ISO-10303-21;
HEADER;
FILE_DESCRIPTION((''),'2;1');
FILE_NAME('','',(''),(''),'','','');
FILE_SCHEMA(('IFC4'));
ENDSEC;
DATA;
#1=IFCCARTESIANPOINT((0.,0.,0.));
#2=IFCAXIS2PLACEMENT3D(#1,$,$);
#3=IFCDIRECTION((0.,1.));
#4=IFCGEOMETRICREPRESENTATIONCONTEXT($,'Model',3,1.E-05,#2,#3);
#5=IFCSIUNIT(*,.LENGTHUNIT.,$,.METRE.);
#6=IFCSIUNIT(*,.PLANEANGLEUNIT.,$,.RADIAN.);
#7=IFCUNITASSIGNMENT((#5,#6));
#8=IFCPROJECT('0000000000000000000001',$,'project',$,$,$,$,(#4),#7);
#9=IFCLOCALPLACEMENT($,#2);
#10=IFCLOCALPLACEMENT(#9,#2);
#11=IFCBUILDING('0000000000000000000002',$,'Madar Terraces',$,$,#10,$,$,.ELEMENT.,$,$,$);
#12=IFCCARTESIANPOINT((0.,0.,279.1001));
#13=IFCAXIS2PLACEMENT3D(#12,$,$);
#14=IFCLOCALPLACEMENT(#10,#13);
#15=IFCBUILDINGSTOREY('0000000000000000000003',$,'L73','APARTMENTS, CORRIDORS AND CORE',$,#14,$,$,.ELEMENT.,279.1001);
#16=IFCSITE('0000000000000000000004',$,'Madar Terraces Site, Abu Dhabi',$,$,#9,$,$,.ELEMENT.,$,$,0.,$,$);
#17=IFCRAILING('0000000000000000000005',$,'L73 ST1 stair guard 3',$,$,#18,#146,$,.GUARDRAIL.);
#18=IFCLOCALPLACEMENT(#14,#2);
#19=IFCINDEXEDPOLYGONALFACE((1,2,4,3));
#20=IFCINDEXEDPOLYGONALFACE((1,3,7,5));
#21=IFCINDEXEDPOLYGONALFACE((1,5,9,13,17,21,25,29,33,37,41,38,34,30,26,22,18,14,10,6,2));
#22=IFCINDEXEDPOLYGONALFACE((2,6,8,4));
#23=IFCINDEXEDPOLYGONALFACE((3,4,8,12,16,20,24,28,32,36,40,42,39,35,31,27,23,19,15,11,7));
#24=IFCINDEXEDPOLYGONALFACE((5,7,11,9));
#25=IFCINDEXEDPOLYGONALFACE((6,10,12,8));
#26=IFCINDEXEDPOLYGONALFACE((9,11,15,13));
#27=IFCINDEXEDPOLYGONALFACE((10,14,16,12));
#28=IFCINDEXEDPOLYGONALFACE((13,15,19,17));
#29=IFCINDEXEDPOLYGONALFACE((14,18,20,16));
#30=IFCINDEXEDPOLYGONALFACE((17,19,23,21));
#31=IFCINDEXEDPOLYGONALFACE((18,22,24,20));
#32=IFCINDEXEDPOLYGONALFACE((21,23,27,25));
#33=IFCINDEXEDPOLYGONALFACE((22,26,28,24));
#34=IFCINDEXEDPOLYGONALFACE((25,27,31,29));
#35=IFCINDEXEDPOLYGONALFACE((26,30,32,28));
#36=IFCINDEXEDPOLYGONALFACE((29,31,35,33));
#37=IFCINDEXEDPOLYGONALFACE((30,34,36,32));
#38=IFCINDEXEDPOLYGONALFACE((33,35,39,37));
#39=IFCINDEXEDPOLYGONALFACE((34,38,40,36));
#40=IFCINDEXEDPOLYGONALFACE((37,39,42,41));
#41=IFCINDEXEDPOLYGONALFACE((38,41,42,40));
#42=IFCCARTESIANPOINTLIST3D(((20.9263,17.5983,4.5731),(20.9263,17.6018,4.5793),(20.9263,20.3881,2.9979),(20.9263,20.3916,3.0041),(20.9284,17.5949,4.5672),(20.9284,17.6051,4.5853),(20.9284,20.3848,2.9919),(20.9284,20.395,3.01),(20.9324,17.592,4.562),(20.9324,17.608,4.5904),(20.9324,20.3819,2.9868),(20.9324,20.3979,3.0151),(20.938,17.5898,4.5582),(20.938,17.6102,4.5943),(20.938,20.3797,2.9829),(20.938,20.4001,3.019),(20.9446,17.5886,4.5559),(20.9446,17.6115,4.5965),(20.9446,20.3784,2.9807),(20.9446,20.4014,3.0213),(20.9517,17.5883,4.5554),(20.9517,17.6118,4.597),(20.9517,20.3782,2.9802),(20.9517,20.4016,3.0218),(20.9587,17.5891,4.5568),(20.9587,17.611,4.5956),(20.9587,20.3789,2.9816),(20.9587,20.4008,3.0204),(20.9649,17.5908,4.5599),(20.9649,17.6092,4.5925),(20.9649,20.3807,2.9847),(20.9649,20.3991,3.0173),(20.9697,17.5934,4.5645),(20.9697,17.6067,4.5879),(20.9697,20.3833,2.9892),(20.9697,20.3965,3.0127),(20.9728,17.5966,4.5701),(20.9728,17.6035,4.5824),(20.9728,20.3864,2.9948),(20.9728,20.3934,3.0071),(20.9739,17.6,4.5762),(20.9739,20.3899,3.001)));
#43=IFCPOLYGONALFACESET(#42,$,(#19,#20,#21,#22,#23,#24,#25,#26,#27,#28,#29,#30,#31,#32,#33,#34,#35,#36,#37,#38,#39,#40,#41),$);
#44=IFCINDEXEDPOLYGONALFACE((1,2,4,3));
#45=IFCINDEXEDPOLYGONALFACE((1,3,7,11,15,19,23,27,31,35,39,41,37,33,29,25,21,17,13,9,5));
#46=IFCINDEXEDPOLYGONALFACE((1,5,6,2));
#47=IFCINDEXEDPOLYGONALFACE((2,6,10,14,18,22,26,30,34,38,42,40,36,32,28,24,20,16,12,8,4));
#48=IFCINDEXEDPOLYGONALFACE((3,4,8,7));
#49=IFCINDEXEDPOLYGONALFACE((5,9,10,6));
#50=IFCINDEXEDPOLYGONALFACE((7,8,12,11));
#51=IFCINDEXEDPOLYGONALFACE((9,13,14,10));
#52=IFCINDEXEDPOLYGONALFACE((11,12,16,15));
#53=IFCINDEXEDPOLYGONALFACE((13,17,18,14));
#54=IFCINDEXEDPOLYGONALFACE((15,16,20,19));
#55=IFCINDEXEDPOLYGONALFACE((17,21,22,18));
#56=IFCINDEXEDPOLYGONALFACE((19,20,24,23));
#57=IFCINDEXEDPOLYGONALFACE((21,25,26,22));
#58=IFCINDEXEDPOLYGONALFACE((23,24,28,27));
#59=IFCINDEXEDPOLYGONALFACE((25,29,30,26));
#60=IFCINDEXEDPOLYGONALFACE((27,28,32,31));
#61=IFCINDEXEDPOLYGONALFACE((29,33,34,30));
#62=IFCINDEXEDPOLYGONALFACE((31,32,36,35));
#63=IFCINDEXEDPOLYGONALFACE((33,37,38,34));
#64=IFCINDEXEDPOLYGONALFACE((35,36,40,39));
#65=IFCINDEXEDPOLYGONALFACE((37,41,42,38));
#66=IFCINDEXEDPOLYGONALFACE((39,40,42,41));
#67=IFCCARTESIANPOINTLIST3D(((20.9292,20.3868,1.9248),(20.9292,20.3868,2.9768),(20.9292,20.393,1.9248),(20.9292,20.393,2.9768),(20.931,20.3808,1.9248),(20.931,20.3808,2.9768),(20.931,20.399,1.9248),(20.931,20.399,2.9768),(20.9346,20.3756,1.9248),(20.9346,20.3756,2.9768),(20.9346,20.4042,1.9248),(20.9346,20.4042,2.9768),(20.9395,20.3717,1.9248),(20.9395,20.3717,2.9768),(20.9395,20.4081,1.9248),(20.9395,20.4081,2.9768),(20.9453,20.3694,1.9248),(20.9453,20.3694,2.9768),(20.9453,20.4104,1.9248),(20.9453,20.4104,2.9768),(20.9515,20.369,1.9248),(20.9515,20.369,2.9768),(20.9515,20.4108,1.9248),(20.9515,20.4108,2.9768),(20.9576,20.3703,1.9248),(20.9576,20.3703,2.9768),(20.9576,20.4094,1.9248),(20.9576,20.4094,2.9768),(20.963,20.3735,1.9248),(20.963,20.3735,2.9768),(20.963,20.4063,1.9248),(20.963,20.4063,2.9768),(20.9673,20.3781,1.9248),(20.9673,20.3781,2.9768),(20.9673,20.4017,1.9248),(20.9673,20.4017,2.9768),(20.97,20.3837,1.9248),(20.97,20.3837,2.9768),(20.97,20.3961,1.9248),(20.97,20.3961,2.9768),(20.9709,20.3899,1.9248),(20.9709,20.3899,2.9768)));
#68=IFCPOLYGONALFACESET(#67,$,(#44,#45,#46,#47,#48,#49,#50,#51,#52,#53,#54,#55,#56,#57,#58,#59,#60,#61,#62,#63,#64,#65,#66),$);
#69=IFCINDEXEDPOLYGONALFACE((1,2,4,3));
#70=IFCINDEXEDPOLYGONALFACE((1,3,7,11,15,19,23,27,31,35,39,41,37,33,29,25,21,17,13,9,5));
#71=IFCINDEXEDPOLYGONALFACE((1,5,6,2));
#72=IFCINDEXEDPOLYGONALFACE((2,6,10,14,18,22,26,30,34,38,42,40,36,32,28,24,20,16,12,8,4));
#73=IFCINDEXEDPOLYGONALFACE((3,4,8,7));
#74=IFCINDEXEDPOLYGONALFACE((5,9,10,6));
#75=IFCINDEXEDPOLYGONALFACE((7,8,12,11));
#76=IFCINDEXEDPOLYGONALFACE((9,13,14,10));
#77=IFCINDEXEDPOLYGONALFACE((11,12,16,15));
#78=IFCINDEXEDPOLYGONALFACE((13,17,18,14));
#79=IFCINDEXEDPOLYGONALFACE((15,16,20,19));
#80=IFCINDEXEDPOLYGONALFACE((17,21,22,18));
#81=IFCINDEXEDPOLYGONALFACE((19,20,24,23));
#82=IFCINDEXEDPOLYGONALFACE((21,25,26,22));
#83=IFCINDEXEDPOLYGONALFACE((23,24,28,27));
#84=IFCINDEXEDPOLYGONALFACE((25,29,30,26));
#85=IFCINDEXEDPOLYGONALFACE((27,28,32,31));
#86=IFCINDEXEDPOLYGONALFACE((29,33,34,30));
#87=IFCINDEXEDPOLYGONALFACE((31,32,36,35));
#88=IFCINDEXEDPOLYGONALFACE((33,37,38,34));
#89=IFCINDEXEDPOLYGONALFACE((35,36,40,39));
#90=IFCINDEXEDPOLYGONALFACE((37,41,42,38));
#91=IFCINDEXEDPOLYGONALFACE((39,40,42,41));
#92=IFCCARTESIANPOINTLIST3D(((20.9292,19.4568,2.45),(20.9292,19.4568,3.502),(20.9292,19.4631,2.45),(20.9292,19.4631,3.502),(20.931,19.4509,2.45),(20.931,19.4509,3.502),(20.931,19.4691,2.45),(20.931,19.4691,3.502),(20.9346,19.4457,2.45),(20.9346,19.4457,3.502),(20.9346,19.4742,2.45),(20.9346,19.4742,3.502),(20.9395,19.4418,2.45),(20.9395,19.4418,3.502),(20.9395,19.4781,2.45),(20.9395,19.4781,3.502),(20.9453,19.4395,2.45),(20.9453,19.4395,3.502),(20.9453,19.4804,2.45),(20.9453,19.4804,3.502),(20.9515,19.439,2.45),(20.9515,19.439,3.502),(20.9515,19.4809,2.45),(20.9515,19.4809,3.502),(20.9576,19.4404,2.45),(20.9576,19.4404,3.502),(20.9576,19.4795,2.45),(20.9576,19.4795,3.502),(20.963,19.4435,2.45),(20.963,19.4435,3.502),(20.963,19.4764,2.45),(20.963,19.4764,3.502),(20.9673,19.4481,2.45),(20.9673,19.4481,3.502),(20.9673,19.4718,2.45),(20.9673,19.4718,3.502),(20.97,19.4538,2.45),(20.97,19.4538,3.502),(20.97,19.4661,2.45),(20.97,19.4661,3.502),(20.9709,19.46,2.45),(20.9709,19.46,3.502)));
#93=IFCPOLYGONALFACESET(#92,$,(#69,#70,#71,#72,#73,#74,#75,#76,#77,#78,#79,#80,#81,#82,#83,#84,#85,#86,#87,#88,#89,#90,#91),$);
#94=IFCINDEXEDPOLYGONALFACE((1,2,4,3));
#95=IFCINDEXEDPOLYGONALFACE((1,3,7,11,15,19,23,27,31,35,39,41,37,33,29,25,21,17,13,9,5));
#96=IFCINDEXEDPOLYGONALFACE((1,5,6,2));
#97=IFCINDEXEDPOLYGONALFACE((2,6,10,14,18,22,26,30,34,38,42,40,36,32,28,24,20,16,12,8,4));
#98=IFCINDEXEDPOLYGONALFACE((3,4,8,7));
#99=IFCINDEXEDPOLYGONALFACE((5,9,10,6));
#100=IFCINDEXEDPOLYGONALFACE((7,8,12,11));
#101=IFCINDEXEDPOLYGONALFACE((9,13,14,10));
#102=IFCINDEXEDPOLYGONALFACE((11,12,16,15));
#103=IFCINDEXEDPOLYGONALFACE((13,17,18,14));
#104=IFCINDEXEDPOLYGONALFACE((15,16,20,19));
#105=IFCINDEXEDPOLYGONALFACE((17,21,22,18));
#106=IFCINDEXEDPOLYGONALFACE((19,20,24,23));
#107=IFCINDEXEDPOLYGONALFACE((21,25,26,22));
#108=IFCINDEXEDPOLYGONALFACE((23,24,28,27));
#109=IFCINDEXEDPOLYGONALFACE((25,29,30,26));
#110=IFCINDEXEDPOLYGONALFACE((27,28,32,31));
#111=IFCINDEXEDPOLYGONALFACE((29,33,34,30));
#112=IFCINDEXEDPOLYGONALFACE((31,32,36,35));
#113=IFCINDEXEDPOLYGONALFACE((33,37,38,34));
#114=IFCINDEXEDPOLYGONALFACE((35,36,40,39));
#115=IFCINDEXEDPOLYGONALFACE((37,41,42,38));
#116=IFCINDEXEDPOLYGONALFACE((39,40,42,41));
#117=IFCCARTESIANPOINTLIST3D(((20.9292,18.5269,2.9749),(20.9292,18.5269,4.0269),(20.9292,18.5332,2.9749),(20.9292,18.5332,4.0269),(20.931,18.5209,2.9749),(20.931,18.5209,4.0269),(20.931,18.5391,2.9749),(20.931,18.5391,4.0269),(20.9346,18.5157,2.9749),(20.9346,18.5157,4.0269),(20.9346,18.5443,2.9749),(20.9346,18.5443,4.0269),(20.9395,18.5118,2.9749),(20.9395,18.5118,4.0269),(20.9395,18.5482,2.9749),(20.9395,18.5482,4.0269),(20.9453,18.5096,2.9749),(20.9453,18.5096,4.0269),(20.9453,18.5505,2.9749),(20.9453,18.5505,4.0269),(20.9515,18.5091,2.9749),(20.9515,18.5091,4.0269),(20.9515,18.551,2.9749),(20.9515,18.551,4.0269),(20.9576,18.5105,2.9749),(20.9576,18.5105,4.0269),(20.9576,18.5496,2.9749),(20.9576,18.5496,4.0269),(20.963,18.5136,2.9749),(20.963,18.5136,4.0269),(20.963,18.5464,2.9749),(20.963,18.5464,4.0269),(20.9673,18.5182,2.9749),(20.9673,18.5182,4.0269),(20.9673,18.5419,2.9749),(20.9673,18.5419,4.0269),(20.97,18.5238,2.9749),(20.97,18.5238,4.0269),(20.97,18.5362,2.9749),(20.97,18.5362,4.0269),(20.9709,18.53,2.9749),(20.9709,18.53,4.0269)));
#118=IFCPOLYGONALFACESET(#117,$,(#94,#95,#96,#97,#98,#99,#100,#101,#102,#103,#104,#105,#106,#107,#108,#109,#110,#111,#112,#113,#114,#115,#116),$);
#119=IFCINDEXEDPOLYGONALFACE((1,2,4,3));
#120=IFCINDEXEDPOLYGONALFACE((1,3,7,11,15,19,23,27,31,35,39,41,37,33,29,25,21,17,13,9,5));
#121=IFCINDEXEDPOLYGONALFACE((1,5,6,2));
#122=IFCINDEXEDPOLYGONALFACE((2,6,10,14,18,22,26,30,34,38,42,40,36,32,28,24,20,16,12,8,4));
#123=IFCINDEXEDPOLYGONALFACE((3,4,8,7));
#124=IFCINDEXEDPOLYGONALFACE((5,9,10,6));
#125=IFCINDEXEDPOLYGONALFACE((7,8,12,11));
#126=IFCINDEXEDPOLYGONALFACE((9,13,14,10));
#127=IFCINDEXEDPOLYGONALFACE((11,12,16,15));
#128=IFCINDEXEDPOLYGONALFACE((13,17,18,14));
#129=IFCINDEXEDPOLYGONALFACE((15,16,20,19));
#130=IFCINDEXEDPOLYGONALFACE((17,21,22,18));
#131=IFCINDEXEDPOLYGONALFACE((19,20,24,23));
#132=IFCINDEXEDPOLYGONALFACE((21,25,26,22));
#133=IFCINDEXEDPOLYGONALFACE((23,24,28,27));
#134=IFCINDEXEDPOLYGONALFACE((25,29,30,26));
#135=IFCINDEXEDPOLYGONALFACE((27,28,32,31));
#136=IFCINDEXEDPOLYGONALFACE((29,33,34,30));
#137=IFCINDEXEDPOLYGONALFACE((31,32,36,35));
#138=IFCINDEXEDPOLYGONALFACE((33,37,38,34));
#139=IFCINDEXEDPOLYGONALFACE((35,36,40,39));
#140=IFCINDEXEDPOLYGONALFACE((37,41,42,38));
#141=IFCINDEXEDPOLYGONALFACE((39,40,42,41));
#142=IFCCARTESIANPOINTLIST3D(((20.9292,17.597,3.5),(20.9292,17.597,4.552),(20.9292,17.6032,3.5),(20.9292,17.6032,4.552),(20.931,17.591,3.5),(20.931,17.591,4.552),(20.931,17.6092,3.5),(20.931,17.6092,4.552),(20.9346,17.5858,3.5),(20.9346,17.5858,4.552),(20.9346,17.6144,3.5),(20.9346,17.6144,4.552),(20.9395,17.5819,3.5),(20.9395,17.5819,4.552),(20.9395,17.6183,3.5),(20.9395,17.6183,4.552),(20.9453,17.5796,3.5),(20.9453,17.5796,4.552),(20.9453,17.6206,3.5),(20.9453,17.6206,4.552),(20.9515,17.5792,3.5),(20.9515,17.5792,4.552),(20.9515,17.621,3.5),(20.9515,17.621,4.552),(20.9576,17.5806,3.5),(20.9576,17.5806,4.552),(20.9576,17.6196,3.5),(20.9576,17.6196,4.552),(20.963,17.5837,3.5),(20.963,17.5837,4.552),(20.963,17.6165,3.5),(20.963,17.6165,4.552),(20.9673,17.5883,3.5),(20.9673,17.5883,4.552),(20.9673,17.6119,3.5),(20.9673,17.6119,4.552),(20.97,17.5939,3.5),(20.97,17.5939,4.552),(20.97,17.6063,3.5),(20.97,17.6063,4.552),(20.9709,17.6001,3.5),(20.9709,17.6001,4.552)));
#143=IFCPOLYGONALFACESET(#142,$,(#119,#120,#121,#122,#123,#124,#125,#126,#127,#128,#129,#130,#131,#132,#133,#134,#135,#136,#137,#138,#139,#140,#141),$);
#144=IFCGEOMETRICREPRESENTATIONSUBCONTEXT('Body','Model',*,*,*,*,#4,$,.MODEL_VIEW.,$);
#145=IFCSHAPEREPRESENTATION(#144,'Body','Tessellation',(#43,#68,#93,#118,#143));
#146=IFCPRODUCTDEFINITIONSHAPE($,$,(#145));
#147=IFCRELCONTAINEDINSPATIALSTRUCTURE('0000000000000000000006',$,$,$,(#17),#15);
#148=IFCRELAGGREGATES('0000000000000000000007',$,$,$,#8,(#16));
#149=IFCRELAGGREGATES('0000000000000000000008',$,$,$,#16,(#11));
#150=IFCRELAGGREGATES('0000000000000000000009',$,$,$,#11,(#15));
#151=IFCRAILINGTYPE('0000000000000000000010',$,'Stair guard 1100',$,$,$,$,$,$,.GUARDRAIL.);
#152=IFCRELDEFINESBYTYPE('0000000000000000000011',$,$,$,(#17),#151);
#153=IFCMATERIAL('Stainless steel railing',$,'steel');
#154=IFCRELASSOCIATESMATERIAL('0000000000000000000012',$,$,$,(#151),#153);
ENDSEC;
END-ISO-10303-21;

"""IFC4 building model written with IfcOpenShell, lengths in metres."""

from ifc_helpers import new_model, si_unit, direction, frame, origin, origin_2d, place, context, subcontext, project, spatial, circle, extrude, material, type_object, element, save


model = new_model("IFC4")

# Units and contexts
model_context = context("Model", 3, precision=1e-05, world=origin(), true_north=direction((0.0, 1.0)))
body_context = subcontext(model_context, "Body", "Model", "MODEL_VIEW")
ifc_project = project(units=[si_unit("LENGTHUNIT", "METRE"), si_unit("PLANEANGLEUNIT", "RADIAN")], contexts=[model_context])

# Site, building, storey
site_placement = place(None, origin())
site = spatial("IfcSite", under=ifc_project, at=site_placement, Name="Madar Terraces Site, Abu Dhabi", CompositionType="ELEMENT", RefElevation=0.0)
building_placement = place(site_placement, origin())
building = spatial("IfcBuilding", under=site, at=building_placement, Name="Madar Terraces", CompositionType="ELEMENT")
storey_placement = place(building_placement, frame((0.0, 0.0, 279.1001)))
storey = spatial("IfcBuildingStorey", under=building, at=storey_placement, Name="L73", Description="APARTMENTS, CORRIDORS AND CORE", CompositionType="ELEMENT", Elevation=279.1001)

# Railing
ifc_material_1 = material(Name="Stainless steel railing", Category="steel")
railing_type_1 = type_object("IfcRailingType", Name="Stair guard 1100", PredefinedType="GUARDRAIL", material=ifc_material_1)
railing_1_placement = place(storey_placement, frame((20.95, 20.3899, 1.9248)))
element("IfcRailing", 1, at=railing_1_placement, inside=storey, type_object=railing_type_1, Name="L73 ST1 stair guard 3", PredefinedType="GUARDRAIL", context=body_context, shape_type="SweptSolid", body=[
    extrude(circle(Radius=0.0239, at=origin_2d()), frame((0.0, 0.0, 1.0762), z_axis=(0.0, -0.870783, 0.491668), x_axis=(1.0, 0.0, 0.0)), (0.0, 0.0, 1.0), 3.2039),
    extrude(circle(Radius=0.021, at=origin_2d()), origin(), (0.0, 0.0, 1.0), 1.052),
    extrude(circle(Radius=0.021, at=origin_2d()), frame((0.0, -0.9299, 0.5251)), (0.0, 0.0, 1.0), 1.052),
    extrude(circle(Radius=0.021, at=origin_2d()), frame((0.0, -1.8599, 1.05)), (0.0, 0.0, 1.0), 1.052),
    extrude(circle(Radius=0.021, at=origin_2d()), frame((0.0, -2.7898, 1.5752)), (0.0, 0.0, 1.0), 1.052),
])

save(model, "model.ifc")
